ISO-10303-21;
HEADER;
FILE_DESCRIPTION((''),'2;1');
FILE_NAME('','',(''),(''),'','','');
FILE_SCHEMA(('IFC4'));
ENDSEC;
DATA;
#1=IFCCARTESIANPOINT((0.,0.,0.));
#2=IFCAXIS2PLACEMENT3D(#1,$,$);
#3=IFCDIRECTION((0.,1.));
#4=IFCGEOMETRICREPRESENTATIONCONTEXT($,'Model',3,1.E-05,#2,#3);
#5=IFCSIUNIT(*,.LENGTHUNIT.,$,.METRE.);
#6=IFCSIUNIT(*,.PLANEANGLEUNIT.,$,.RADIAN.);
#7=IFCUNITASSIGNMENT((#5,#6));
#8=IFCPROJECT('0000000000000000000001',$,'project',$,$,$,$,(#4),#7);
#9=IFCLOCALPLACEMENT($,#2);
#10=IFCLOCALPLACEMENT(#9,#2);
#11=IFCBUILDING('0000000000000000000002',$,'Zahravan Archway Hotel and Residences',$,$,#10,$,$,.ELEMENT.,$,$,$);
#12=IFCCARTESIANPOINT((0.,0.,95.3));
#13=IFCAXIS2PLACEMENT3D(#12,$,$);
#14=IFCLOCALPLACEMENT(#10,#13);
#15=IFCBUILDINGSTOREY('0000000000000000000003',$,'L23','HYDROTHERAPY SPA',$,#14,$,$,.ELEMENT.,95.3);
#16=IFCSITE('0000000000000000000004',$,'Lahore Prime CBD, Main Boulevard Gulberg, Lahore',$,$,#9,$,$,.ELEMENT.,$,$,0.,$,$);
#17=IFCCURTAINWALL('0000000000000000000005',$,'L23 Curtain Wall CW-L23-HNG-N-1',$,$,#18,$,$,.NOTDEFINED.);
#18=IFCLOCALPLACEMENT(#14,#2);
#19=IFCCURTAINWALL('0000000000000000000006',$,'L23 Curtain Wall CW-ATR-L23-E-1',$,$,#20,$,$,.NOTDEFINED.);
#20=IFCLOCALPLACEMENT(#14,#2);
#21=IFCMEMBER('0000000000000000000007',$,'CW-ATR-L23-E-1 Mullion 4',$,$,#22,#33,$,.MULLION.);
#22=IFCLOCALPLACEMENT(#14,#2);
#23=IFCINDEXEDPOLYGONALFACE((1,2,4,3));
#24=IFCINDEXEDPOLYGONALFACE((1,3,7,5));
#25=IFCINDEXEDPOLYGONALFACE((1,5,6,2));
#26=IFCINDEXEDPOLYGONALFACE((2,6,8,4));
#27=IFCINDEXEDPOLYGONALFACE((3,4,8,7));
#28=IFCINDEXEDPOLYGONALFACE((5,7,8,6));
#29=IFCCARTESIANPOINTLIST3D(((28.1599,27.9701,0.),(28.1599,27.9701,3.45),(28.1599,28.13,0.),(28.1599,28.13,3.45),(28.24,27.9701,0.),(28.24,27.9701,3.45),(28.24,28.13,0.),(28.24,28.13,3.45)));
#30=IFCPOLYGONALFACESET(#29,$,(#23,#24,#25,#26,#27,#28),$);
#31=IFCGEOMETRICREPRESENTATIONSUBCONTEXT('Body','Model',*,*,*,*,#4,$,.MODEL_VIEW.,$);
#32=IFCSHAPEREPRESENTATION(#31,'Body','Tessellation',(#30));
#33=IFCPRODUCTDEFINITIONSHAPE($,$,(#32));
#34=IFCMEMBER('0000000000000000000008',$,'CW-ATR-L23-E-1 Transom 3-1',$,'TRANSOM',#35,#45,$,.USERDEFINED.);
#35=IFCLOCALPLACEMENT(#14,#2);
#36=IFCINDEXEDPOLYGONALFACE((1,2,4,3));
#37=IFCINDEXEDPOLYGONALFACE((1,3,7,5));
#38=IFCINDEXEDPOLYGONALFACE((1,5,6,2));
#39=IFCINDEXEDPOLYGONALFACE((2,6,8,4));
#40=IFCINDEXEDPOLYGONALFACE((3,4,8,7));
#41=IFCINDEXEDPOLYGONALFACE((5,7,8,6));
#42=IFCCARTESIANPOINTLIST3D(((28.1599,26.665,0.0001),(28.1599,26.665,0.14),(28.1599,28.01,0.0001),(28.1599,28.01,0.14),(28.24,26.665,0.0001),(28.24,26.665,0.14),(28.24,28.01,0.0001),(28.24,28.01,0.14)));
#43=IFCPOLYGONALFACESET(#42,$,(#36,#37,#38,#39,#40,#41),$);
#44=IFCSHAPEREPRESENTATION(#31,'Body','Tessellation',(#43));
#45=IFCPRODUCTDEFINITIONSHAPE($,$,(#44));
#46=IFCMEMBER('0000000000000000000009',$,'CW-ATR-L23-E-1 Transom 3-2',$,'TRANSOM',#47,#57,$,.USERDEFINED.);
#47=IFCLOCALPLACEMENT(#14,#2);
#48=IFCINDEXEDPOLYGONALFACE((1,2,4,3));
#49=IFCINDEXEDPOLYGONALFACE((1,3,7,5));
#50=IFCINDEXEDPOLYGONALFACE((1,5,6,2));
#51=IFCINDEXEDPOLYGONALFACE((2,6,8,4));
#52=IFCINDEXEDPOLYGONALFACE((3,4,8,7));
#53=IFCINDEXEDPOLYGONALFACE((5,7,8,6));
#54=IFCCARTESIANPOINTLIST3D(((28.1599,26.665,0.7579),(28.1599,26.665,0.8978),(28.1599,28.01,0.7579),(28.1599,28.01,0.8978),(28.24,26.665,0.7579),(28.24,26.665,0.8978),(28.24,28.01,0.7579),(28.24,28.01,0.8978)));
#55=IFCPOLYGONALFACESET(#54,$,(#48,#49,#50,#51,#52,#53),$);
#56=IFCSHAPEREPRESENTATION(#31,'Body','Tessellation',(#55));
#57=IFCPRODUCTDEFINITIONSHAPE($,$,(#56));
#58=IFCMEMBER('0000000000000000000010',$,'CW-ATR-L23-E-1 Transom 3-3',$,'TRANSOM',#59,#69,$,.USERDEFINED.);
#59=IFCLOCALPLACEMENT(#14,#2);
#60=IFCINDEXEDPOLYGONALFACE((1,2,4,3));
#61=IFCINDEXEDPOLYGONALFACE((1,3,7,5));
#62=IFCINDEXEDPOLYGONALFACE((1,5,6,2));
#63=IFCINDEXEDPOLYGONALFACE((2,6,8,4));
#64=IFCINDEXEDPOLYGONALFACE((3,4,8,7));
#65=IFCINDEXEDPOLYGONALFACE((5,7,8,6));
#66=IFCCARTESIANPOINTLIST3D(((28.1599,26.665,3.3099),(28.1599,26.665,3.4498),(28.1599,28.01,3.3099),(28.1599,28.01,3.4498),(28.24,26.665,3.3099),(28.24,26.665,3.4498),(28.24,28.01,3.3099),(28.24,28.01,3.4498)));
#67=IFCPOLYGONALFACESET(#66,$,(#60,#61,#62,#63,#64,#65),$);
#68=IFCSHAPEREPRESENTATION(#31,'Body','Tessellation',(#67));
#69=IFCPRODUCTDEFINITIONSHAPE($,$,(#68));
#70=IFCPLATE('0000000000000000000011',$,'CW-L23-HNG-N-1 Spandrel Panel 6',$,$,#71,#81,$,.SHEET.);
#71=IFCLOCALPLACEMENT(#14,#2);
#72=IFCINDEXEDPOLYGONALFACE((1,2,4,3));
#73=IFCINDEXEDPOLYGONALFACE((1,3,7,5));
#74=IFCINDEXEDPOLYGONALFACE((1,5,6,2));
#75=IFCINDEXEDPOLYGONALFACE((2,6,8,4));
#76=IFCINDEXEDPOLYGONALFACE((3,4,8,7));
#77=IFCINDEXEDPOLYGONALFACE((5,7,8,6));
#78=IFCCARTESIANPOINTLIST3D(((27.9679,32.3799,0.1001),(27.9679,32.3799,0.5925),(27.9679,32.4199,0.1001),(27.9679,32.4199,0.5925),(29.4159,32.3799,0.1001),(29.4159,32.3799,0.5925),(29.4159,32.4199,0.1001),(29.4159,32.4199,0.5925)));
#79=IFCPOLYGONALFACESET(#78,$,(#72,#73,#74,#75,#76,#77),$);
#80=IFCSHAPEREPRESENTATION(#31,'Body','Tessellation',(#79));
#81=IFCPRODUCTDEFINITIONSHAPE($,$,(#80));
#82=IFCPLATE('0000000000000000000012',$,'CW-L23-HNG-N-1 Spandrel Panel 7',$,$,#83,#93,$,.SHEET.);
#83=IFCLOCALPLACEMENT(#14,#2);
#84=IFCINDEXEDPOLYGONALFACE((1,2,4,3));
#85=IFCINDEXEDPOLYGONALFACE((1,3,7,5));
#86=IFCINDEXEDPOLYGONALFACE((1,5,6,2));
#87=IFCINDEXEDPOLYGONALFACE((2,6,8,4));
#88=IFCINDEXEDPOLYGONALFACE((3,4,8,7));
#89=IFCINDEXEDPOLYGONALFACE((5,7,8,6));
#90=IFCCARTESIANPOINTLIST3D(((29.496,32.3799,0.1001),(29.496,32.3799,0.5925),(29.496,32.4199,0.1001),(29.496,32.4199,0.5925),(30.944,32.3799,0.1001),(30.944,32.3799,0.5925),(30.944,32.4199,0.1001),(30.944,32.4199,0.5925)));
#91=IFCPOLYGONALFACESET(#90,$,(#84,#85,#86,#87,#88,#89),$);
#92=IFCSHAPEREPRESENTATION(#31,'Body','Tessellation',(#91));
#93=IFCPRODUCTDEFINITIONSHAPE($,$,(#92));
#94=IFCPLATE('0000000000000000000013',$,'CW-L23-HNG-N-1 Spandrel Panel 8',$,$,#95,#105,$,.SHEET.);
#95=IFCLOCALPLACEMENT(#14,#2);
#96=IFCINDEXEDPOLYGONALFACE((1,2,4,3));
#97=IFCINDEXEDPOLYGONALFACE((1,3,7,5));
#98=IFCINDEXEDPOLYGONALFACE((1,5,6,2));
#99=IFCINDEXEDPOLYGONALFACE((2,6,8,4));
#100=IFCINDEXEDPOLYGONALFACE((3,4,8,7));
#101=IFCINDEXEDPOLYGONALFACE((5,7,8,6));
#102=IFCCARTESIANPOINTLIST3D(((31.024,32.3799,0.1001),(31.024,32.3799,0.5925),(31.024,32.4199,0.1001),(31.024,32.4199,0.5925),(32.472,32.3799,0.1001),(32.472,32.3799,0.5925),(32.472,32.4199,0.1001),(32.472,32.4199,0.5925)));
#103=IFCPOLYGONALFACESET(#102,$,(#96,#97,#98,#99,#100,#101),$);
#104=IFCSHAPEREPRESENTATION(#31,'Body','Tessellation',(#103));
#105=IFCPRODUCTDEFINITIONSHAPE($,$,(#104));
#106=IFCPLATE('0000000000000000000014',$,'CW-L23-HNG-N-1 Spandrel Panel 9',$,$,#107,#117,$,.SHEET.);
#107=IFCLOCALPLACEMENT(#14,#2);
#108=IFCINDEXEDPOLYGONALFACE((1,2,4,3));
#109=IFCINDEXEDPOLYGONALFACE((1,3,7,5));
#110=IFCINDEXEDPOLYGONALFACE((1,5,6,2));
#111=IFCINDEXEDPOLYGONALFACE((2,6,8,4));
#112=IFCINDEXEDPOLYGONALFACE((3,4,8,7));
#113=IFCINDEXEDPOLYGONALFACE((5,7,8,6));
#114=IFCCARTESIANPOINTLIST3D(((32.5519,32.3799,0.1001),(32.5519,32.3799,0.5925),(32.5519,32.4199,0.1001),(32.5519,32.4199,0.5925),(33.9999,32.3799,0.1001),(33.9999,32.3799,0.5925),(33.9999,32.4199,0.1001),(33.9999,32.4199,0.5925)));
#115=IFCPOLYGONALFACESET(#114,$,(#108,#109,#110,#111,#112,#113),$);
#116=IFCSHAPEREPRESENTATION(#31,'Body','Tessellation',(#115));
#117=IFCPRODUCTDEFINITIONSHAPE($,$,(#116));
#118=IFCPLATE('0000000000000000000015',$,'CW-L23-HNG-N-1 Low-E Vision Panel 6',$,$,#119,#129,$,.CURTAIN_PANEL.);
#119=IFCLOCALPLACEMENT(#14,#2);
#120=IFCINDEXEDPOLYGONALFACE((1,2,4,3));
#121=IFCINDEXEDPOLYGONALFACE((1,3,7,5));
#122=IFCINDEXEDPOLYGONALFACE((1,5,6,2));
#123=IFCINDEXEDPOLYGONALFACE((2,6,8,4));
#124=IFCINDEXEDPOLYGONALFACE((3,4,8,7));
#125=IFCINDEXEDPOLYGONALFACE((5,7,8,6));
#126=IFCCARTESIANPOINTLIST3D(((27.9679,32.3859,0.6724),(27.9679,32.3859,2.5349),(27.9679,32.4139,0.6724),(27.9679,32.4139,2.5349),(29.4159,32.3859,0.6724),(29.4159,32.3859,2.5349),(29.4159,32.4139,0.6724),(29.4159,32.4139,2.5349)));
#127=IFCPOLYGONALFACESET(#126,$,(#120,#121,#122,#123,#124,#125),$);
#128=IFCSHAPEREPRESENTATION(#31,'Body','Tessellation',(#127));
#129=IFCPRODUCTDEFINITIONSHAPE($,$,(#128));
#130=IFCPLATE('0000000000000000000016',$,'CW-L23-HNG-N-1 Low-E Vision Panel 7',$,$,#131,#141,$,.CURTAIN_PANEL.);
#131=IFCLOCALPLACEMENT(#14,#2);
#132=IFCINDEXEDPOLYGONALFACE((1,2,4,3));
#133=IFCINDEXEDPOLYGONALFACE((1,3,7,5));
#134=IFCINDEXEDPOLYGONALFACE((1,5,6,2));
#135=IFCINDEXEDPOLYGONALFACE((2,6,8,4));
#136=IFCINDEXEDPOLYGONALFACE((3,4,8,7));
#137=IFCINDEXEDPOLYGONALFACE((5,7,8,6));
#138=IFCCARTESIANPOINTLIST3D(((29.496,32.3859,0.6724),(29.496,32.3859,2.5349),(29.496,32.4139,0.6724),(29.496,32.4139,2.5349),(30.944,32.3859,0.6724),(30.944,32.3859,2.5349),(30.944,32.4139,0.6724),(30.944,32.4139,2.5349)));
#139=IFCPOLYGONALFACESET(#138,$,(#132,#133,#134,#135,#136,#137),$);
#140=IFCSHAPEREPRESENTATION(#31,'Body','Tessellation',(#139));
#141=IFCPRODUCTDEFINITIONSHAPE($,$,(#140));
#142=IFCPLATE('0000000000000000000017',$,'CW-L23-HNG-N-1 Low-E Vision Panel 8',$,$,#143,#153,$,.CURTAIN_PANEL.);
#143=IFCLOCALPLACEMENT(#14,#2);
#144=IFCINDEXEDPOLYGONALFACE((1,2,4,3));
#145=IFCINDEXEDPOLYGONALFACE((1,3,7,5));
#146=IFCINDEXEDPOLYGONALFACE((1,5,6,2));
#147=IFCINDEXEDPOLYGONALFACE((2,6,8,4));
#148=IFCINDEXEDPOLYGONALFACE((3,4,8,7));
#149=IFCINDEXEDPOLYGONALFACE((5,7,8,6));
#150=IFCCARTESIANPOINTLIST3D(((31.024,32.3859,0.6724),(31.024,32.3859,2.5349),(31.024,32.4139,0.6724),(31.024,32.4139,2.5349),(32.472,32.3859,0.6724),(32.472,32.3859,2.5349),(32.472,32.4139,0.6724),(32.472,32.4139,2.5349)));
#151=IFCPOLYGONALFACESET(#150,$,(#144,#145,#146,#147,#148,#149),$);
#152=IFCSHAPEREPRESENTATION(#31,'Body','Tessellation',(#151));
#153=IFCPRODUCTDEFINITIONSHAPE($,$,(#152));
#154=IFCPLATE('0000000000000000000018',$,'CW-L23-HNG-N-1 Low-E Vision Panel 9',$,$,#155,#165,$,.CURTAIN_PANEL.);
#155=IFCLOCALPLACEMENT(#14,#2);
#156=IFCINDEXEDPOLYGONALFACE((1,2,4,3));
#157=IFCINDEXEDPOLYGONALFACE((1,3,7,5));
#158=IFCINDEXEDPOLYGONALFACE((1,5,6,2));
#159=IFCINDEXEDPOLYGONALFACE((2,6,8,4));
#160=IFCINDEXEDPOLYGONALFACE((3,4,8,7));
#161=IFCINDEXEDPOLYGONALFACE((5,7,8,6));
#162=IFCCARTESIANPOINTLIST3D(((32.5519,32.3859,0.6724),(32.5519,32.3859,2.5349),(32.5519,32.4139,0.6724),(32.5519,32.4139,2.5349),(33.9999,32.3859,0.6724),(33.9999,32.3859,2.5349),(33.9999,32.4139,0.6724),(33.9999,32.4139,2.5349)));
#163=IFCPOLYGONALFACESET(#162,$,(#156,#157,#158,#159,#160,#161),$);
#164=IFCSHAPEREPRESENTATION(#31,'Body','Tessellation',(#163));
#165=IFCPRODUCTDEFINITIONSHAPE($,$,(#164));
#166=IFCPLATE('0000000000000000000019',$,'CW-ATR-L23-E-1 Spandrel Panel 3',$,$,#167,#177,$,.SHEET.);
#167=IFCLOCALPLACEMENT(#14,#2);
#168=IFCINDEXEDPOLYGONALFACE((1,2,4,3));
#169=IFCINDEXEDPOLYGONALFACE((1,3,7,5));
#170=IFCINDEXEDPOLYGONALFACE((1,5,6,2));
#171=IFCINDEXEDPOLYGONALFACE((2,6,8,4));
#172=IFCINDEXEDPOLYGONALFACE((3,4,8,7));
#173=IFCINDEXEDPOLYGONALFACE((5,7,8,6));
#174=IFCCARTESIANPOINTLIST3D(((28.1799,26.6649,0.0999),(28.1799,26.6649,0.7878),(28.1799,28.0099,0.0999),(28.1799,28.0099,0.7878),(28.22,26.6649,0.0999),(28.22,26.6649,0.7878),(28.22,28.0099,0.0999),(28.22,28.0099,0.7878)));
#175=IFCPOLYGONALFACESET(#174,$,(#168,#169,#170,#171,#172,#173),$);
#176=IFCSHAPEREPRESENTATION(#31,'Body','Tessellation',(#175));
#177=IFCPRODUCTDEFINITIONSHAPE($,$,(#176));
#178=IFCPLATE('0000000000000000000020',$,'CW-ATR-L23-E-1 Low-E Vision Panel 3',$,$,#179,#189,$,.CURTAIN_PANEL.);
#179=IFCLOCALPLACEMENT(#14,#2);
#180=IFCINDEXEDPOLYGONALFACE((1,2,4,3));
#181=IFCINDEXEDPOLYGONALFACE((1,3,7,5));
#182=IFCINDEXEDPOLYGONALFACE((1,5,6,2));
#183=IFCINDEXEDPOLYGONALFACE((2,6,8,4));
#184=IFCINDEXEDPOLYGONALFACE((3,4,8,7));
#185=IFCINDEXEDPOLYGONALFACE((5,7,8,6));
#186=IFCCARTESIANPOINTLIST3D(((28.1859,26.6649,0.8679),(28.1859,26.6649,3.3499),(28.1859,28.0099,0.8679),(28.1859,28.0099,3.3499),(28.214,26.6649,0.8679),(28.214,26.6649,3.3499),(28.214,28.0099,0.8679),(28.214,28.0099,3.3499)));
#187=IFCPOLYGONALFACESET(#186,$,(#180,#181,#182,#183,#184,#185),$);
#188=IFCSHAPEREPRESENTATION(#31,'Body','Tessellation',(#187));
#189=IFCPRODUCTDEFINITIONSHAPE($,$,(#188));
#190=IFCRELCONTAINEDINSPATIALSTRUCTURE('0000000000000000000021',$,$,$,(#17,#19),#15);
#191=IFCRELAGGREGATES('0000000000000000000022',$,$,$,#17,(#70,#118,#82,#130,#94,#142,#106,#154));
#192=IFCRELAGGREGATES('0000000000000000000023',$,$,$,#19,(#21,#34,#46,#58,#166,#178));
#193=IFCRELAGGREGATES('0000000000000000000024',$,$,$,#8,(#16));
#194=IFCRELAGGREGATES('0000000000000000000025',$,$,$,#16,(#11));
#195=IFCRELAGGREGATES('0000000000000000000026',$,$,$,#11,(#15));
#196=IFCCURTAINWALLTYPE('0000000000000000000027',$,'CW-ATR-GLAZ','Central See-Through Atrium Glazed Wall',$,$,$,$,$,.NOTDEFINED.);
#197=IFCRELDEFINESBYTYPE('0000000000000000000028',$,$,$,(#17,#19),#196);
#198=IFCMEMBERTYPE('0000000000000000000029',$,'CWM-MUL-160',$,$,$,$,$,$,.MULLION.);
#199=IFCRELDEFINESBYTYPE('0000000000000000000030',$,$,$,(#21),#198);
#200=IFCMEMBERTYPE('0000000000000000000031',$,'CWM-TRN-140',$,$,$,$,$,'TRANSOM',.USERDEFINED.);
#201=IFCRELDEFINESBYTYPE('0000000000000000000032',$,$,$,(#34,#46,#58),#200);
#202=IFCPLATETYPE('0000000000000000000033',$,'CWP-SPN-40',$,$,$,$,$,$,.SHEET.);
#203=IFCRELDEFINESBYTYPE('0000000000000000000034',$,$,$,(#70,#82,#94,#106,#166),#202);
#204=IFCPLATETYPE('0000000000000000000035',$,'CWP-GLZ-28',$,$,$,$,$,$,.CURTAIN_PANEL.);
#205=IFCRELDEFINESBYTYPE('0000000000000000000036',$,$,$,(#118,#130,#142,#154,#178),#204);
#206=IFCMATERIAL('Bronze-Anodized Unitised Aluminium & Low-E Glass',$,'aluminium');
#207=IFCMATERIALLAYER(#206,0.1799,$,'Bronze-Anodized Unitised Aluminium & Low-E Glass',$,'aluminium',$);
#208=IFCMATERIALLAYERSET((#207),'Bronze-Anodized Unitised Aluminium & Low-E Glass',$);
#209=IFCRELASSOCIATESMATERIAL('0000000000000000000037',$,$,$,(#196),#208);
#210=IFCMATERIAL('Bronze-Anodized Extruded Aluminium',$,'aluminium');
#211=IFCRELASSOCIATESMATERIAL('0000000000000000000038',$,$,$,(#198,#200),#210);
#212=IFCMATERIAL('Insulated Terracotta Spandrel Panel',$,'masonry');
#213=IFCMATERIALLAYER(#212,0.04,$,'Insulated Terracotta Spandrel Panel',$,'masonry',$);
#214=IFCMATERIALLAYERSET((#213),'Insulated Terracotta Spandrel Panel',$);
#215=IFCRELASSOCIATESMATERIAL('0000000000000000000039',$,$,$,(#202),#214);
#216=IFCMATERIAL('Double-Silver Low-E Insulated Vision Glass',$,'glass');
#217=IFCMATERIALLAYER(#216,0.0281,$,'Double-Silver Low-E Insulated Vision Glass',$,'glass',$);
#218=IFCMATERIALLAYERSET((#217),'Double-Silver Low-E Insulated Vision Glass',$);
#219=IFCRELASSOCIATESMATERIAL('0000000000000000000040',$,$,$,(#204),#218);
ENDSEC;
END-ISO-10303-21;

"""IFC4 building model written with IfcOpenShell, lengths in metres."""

from ifc_helpers import new_model, si_unit, direction, frame, origin, origin_2d, place, context, subcontext, project, spatial, rectangle, extrude, source, transform, mapped, material, layer, layer_set, material_profile, profile_set, type_object, element, aggregate, save


model = new_model("IFC4")

# Units and contexts
model_context = context("Model", 3, precision=1e-05, world=origin(), true_north=direction((0.0, 1.0)))
body_context = subcontext(model_context, "Body", "Model", "MODEL_VIEW")
ifc_project = project(units=[si_unit("LENGTHUNIT", "METRE"), si_unit("PLANEANGLEUNIT", "RADIAN")], contexts=[model_context])

# Site, building, storey
site_placement = place(None, origin())
site = spatial("IfcSite", under=ifc_project, at=site_placement, Name="Lahore Prime CBD, Main Boulevard Gulberg, Lahore", CompositionType="ELEMENT", RefElevation=0.0)
building_placement = place(site_placement, origin())
building = spatial("IfcBuilding", under=site, at=building_placement, Name="Zahravan Archway Hotel and Residences", CompositionType="ELEMENT")
storey_placement = place(building_placement, frame((0.0, 0.0, 95.3)))
storey = spatial("IfcBuildingStorey", under=building, at=storey_placement, Name="L23", Description="HYDROTHERAPY SPA", CompositionType="ELEMENT", Elevation=95.3)

# Curtain wall
ifc_material_1 = material(Name="Bronze-Anodized Unitised Aluminium & Low-E Glass", Category="aluminium")
ifc_layer_1 = layer(ifc_material_1, 0.1799, Name="Bronze-Anodized Unitised Aluminium & Low-E Glass", Category="aluminium")
ifc_layer_set_1 = layer_set([ifc_layer_1], Name="Bronze-Anodized Unitised Aluminium & Low-E Glass")
curtain_wall_type = type_object("IfcCurtainWallType", Name="CW-ATR-GLAZ", Description="Central See-Through Atrium Glazed Wall", PredefinedType="NOTDEFINED", material=ifc_layer_set_1)
curtain_wall_1_placement = place(storey_placement, origin())
curtain_wall_1 = element("IfcCurtainWall", 1, at=curtain_wall_1_placement, inside=storey, type_object=curtain_wall_type, Name="L23 Curtain Wall CW-L23-HNG-N-1", PredefinedType="NOTDEFINED")
ifc_material_2 = material(Name="Bronze-Anodized Extruded Aluminium", Category="aluminium")
ifc_material_profile_1 = material_profile(ifc_material_2, rectangle(XDim=0.0801, YDim=0.1599, at=origin_2d()), Name="MUL 80x160", Category="aluminium")
ifc_profile_set_1 = profile_set([ifc_material_profile_1], Name="Bronze-Anodized Extruded Aluminium")
member_type_1 = type_object("IfcMemberType", Name="CWM-MUL-160", PredefinedType="MULLION", material=ifc_profile_set_1)
ifc_material_profile_2 = material_profile(ifc_material_2, rectangle(XDim=0.0801, YDim=0.1399, at=origin_2d()), Name="TRN 80x140", Category="aluminium")
ifc_profile_set_2 = profile_set([ifc_material_profile_2], Name="Bronze-Anodized Extruded Aluminium")
member_type_2 = type_object("IfcMemberType", Name="CWM-TRN-140", ElementType="TRANSOM", PredefinedType="USERDEFINED", material=ifc_profile_set_2)

# Shared definitions
shared_shape_1 = source(origin(), body_context, "Body", "SweptSolid", [
    extrude(rectangle(XDim=0.0801, YDim=0.1599, at=origin_2d()), origin(), (0.0, 0.0, 1.0), 3.45),
])

# Curtain wall, members
curtain_wall_2_placement = place(storey_placement, origin())
curtain_wall_2 = element("IfcCurtainWall", 2, at=curtain_wall_2_placement, inside=storey, type_object=curtain_wall_type, Name="L23 Curtain Wall CW-ATR-L23-E-1", PredefinedType="NOTDEFINED")
member_1_placement = place(storey_placement, frame((28.2, 28.05, 0.0), z_axis=(0.0, 0.0, 1.0), x_axis=(1.0, 0.0, 0.0)))
member_1 = element("IfcMember", 3, at=member_1_placement, type_object=member_type_1, Name="CW-ATR-L23-E-1 Mullion 4", PredefinedType="MULLION", context=body_context, shape_type="MappedRepresentation", body=[
    mapped(shared_shape_1, transform((0.0, 0.0, 0.0), scale=1.0)),
])
shared_shape_2 = source(origin(), body_context, "Body", "SweptSolid", [
    extrude(rectangle(XDim=0.0801, YDim=0.1399, at=origin_2d()), origin(), (0.0, 0.0, 1.0), 1.345),
])
member_2_placement = place(storey_placement, frame((28.2, 26.665, 0.0701), z_axis=(0.0, 1.0, 0.0), x_axis=(-1.0, 0.0, 0.0)))
member_2 = element("IfcMember", 4, at=member_2_placement, type_object=member_type_2, Name="CW-ATR-L23-E-1 Transom 3-1", ObjectType="TRANSOM", PredefinedType="USERDEFINED", context=body_context, shape_type="MappedRepresentation", body=[
    mapped(shared_shape_2, transform((0.0, 0.0, 0.0), scale=1.0)),
])
member_3_placement = place(storey_placement, frame((28.2, 26.665, 0.8279), z_axis=(0.0, 1.0, 0.0), x_axis=(-1.0, 0.0, 0.0)))
member_3 = element("IfcMember", 5, at=member_3_placement, type_object=member_type_2, Name="CW-ATR-L23-E-1 Transom 3-2", ObjectType="TRANSOM", PredefinedType="USERDEFINED", context=body_context, shape_type="MappedRepresentation", body=[
    mapped(shared_shape_2, transform((0.0, 0.0, 0.0), scale=1.0)),
])
member_4_placement = place(storey_placement, frame((28.2, 26.665, 3.3799), z_axis=(0.0, 1.0, 0.0), x_axis=(-1.0, 0.0, 0.0)))
member_4 = element("IfcMember", 6, at=member_4_placement, type_object=member_type_2, Name="CW-ATR-L23-E-1 Transom 3-3", ObjectType="TRANSOM", PredefinedType="USERDEFINED", context=body_context, shape_type="MappedRepresentation", body=[
    mapped(shared_shape_2, transform((0.0, 0.0, 0.0), scale=1.0)),
])

# Plates
ifc_material_3 = material(Name="Insulated Terracotta Spandrel Panel", Category="masonry")
ifc_layer_2 = layer(ifc_material_3, 0.04, Name="Insulated Terracotta Spandrel Panel", Category="masonry")
ifc_layer_set_2 = layer_set([ifc_layer_2], Name="Insulated Terracotta Spandrel Panel")
plate_type_1 = type_object("IfcPlateType", Name="CWP-SPN-40", PredefinedType="SHEET", material=ifc_layer_set_2)
shared_shape_3 = source(origin(), body_context, "Body", "SweptSolid", [
    extrude(rectangle(XDim=1.448, YDim=0.04, at=origin_2d()), origin(), (0.0, 0.0, 1.0), 0.4924),
])
plate_1_placement = place(storey_placement, frame((28.6919, 32.3999, 0.1001), z_axis=(0.0, 0.0, 1.0), x_axis=(1.0, 0.0, 0.0)))
plate_1 = element("IfcPlate", 7, at=plate_1_placement, type_object=plate_type_1, Name="CW-L23-HNG-N-1 Spandrel Panel 6", PredefinedType="SHEET", context=body_context, shape_type="MappedRepresentation", body=[
    mapped(shared_shape_3, transform((0.0, 0.0, 0.0), scale=1.0)),
])
plate_2_placement = place(storey_placement, frame((30.22, 32.3999, 0.1001), z_axis=(0.0, 0.0, 1.0), x_axis=(1.0, 0.0, 0.0)))
plate_2 = element("IfcPlate", 8, at=plate_2_placement, type_object=plate_type_1, Name="CW-L23-HNG-N-1 Spandrel Panel 7", PredefinedType="SHEET", context=body_context, shape_type="MappedRepresentation", body=[
    mapped(shared_shape_3, transform((0.0, 0.0, 0.0), scale=1.0)),
])
plate_3_placement = place(storey_placement, frame((31.748, 32.3999, 0.1001), z_axis=(0.0, 0.0, 1.0), x_axis=(1.0, 0.0, 0.0)))
plate_3 = element("IfcPlate", 9, at=plate_3_placement, type_object=plate_type_1, Name="CW-L23-HNG-N-1 Spandrel Panel 8", PredefinedType="SHEET", context=body_context, shape_type="MappedRepresentation", body=[
    mapped(shared_shape_3, transform((0.0, 0.0, 0.0), scale=1.0)),
])
plate_4_placement = place(storey_placement, frame((33.2759, 32.3999, 0.1001), z_axis=(0.0, 0.0, 1.0), x_axis=(1.0, 0.0, 0.0)))
plate_4 = element("IfcPlate", 10, at=plate_4_placement, type_object=plate_type_1, Name="CW-L23-HNG-N-1 Spandrel Panel 9", PredefinedType="SHEET", context=body_context, shape_type="MappedRepresentation", body=[
    mapped(shared_shape_3, transform((0.0, 0.0, 0.0), scale=1.0)),
])
ifc_material_4 = material(Name="Double-Silver Low-E Insulated Vision Glass", Category="glass")
ifc_layer_3 = layer(ifc_material_4, 0.0281, Name="Double-Silver Low-E Insulated Vision Glass", Category="glass")
ifc_layer_set_3 = layer_set([ifc_layer_3], Name="Double-Silver Low-E Insulated Vision Glass")
plate_type_2 = type_object("IfcPlateType", Name="CWP-GLZ-28", PredefinedType="CURTAIN_PANEL", material=ifc_layer_set_3)
shared_shape_4 = source(origin(), body_context, "Body", "SweptSolid", [
    extrude(rectangle(XDim=1.448, YDim=0.0281, at=origin_2d()), origin(), (0.0, 0.0, 1.0), 1.8625),
])
plate_5_placement = place(storey_placement, frame((28.6919, 32.3999, 0.6724), z_axis=(0.0, 0.0, 1.0), x_axis=(1.0, 0.0, 0.0)))
plate_5 = element("IfcPlate", 11, at=plate_5_placement, type_object=plate_type_2, Name="CW-L23-HNG-N-1 Low-E Vision Panel 6", PredefinedType="CURTAIN_PANEL", context=body_context, shape_type="MappedRepresentation", body=[
    mapped(shared_shape_4, transform((0.0, 0.0, 0.0), scale=1.0)),
])
plate_6_placement = place(storey_placement, frame((30.22, 32.3999, 0.6724), z_axis=(0.0, 0.0, 1.0), x_axis=(1.0, 0.0, 0.0)))
plate_6 = element("IfcPlate", 12, at=plate_6_placement, type_object=plate_type_2, Name="CW-L23-HNG-N-1 Low-E Vision Panel 7", PredefinedType="CURTAIN_PANEL", context=body_context, shape_type="MappedRepresentation", body=[
    mapped(shared_shape_4, transform((0.0, 0.0, 0.0), scale=1.0)),
])
plate_7_placement = place(storey_placement, frame((31.748, 32.3999, 0.6724), z_axis=(0.0, 0.0, 1.0), x_axis=(1.0, 0.0, 0.0)))
plate_7 = element("IfcPlate", 13, at=plate_7_placement, type_object=plate_type_2, Name="CW-L23-HNG-N-1 Low-E Vision Panel 8", PredefinedType="CURTAIN_PANEL", context=body_context, shape_type="MappedRepresentation", body=[
    mapped(shared_shape_4, transform((0.0, 0.0, 0.0), scale=1.0)),
])
plate_8_placement = place(storey_placement, frame((33.2759, 32.3999, 0.6724), z_axis=(0.0, 0.0, 1.0), x_axis=(1.0, 0.0, 0.0)))
plate_8 = element("IfcPlate", 14, at=plate_8_placement, type_object=plate_type_2, Name="CW-L23-HNG-N-1 Low-E Vision Panel 9", PredefinedType="CURTAIN_PANEL", context=body_context, shape_type="MappedRepresentation", body=[
    mapped(shared_shape_4, transform((0.0, 0.0, 0.0), scale=1.0)),
])
aggregate(curtain_wall_1, [plate_1, plate_5, plate_2, plate_6, plate_3, plate_7, plate_4, plate_8])
shared_shape_5 = source(origin(), body_context, "Body", "SweptSolid", [
    extrude(rectangle(XDim=1.345, YDim=0.04, at=origin_2d()), origin(), (0.0, 0.0, 1.0), 0.688),
])
plate_9_placement = place(storey_placement, frame((28.2, 27.3374, 0.0999), z_axis=(0.0, 0.0, 1.0), x_axis=(0.0, 1.0, 0.0)))
plate_9 = element("IfcPlate", 15, at=plate_9_placement, type_object=plate_type_1, Name="CW-ATR-L23-E-1 Spandrel Panel 3", PredefinedType="SHEET", context=body_context, shape_type="MappedRepresentation", body=[
    mapped(shared_shape_5, transform((0.0, 0.0, 0.0), scale=1.0)),
])
shared_shape_6 = source(origin(), body_context, "Body", "SweptSolid", [
    extrude(rectangle(XDim=1.345, YDim=0.0281, at=origin_2d()), origin(), (0.0, 0.0, 1.0), 2.4819),
])
plate_10_placement = place(storey_placement, frame((28.2, 27.3374, 0.8679), z_axis=(0.0, 0.0, 1.0), x_axis=(0.0, 1.0, 0.0)))
plate_10 = element("IfcPlate", 16, at=plate_10_placement, type_object=plate_type_2, Name="CW-ATR-L23-E-1 Low-E Vision Panel 3", PredefinedType="CURTAIN_PANEL", context=body_context, shape_type="MappedRepresentation", body=[
    mapped(shared_shape_6, transform((0.0, 0.0, 0.0), scale=1.0)),
])
aggregate(curtain_wall_2, [member_1, member_2, member_3, member_4, plate_9, plate_10])

save(model, "model.ifc")
